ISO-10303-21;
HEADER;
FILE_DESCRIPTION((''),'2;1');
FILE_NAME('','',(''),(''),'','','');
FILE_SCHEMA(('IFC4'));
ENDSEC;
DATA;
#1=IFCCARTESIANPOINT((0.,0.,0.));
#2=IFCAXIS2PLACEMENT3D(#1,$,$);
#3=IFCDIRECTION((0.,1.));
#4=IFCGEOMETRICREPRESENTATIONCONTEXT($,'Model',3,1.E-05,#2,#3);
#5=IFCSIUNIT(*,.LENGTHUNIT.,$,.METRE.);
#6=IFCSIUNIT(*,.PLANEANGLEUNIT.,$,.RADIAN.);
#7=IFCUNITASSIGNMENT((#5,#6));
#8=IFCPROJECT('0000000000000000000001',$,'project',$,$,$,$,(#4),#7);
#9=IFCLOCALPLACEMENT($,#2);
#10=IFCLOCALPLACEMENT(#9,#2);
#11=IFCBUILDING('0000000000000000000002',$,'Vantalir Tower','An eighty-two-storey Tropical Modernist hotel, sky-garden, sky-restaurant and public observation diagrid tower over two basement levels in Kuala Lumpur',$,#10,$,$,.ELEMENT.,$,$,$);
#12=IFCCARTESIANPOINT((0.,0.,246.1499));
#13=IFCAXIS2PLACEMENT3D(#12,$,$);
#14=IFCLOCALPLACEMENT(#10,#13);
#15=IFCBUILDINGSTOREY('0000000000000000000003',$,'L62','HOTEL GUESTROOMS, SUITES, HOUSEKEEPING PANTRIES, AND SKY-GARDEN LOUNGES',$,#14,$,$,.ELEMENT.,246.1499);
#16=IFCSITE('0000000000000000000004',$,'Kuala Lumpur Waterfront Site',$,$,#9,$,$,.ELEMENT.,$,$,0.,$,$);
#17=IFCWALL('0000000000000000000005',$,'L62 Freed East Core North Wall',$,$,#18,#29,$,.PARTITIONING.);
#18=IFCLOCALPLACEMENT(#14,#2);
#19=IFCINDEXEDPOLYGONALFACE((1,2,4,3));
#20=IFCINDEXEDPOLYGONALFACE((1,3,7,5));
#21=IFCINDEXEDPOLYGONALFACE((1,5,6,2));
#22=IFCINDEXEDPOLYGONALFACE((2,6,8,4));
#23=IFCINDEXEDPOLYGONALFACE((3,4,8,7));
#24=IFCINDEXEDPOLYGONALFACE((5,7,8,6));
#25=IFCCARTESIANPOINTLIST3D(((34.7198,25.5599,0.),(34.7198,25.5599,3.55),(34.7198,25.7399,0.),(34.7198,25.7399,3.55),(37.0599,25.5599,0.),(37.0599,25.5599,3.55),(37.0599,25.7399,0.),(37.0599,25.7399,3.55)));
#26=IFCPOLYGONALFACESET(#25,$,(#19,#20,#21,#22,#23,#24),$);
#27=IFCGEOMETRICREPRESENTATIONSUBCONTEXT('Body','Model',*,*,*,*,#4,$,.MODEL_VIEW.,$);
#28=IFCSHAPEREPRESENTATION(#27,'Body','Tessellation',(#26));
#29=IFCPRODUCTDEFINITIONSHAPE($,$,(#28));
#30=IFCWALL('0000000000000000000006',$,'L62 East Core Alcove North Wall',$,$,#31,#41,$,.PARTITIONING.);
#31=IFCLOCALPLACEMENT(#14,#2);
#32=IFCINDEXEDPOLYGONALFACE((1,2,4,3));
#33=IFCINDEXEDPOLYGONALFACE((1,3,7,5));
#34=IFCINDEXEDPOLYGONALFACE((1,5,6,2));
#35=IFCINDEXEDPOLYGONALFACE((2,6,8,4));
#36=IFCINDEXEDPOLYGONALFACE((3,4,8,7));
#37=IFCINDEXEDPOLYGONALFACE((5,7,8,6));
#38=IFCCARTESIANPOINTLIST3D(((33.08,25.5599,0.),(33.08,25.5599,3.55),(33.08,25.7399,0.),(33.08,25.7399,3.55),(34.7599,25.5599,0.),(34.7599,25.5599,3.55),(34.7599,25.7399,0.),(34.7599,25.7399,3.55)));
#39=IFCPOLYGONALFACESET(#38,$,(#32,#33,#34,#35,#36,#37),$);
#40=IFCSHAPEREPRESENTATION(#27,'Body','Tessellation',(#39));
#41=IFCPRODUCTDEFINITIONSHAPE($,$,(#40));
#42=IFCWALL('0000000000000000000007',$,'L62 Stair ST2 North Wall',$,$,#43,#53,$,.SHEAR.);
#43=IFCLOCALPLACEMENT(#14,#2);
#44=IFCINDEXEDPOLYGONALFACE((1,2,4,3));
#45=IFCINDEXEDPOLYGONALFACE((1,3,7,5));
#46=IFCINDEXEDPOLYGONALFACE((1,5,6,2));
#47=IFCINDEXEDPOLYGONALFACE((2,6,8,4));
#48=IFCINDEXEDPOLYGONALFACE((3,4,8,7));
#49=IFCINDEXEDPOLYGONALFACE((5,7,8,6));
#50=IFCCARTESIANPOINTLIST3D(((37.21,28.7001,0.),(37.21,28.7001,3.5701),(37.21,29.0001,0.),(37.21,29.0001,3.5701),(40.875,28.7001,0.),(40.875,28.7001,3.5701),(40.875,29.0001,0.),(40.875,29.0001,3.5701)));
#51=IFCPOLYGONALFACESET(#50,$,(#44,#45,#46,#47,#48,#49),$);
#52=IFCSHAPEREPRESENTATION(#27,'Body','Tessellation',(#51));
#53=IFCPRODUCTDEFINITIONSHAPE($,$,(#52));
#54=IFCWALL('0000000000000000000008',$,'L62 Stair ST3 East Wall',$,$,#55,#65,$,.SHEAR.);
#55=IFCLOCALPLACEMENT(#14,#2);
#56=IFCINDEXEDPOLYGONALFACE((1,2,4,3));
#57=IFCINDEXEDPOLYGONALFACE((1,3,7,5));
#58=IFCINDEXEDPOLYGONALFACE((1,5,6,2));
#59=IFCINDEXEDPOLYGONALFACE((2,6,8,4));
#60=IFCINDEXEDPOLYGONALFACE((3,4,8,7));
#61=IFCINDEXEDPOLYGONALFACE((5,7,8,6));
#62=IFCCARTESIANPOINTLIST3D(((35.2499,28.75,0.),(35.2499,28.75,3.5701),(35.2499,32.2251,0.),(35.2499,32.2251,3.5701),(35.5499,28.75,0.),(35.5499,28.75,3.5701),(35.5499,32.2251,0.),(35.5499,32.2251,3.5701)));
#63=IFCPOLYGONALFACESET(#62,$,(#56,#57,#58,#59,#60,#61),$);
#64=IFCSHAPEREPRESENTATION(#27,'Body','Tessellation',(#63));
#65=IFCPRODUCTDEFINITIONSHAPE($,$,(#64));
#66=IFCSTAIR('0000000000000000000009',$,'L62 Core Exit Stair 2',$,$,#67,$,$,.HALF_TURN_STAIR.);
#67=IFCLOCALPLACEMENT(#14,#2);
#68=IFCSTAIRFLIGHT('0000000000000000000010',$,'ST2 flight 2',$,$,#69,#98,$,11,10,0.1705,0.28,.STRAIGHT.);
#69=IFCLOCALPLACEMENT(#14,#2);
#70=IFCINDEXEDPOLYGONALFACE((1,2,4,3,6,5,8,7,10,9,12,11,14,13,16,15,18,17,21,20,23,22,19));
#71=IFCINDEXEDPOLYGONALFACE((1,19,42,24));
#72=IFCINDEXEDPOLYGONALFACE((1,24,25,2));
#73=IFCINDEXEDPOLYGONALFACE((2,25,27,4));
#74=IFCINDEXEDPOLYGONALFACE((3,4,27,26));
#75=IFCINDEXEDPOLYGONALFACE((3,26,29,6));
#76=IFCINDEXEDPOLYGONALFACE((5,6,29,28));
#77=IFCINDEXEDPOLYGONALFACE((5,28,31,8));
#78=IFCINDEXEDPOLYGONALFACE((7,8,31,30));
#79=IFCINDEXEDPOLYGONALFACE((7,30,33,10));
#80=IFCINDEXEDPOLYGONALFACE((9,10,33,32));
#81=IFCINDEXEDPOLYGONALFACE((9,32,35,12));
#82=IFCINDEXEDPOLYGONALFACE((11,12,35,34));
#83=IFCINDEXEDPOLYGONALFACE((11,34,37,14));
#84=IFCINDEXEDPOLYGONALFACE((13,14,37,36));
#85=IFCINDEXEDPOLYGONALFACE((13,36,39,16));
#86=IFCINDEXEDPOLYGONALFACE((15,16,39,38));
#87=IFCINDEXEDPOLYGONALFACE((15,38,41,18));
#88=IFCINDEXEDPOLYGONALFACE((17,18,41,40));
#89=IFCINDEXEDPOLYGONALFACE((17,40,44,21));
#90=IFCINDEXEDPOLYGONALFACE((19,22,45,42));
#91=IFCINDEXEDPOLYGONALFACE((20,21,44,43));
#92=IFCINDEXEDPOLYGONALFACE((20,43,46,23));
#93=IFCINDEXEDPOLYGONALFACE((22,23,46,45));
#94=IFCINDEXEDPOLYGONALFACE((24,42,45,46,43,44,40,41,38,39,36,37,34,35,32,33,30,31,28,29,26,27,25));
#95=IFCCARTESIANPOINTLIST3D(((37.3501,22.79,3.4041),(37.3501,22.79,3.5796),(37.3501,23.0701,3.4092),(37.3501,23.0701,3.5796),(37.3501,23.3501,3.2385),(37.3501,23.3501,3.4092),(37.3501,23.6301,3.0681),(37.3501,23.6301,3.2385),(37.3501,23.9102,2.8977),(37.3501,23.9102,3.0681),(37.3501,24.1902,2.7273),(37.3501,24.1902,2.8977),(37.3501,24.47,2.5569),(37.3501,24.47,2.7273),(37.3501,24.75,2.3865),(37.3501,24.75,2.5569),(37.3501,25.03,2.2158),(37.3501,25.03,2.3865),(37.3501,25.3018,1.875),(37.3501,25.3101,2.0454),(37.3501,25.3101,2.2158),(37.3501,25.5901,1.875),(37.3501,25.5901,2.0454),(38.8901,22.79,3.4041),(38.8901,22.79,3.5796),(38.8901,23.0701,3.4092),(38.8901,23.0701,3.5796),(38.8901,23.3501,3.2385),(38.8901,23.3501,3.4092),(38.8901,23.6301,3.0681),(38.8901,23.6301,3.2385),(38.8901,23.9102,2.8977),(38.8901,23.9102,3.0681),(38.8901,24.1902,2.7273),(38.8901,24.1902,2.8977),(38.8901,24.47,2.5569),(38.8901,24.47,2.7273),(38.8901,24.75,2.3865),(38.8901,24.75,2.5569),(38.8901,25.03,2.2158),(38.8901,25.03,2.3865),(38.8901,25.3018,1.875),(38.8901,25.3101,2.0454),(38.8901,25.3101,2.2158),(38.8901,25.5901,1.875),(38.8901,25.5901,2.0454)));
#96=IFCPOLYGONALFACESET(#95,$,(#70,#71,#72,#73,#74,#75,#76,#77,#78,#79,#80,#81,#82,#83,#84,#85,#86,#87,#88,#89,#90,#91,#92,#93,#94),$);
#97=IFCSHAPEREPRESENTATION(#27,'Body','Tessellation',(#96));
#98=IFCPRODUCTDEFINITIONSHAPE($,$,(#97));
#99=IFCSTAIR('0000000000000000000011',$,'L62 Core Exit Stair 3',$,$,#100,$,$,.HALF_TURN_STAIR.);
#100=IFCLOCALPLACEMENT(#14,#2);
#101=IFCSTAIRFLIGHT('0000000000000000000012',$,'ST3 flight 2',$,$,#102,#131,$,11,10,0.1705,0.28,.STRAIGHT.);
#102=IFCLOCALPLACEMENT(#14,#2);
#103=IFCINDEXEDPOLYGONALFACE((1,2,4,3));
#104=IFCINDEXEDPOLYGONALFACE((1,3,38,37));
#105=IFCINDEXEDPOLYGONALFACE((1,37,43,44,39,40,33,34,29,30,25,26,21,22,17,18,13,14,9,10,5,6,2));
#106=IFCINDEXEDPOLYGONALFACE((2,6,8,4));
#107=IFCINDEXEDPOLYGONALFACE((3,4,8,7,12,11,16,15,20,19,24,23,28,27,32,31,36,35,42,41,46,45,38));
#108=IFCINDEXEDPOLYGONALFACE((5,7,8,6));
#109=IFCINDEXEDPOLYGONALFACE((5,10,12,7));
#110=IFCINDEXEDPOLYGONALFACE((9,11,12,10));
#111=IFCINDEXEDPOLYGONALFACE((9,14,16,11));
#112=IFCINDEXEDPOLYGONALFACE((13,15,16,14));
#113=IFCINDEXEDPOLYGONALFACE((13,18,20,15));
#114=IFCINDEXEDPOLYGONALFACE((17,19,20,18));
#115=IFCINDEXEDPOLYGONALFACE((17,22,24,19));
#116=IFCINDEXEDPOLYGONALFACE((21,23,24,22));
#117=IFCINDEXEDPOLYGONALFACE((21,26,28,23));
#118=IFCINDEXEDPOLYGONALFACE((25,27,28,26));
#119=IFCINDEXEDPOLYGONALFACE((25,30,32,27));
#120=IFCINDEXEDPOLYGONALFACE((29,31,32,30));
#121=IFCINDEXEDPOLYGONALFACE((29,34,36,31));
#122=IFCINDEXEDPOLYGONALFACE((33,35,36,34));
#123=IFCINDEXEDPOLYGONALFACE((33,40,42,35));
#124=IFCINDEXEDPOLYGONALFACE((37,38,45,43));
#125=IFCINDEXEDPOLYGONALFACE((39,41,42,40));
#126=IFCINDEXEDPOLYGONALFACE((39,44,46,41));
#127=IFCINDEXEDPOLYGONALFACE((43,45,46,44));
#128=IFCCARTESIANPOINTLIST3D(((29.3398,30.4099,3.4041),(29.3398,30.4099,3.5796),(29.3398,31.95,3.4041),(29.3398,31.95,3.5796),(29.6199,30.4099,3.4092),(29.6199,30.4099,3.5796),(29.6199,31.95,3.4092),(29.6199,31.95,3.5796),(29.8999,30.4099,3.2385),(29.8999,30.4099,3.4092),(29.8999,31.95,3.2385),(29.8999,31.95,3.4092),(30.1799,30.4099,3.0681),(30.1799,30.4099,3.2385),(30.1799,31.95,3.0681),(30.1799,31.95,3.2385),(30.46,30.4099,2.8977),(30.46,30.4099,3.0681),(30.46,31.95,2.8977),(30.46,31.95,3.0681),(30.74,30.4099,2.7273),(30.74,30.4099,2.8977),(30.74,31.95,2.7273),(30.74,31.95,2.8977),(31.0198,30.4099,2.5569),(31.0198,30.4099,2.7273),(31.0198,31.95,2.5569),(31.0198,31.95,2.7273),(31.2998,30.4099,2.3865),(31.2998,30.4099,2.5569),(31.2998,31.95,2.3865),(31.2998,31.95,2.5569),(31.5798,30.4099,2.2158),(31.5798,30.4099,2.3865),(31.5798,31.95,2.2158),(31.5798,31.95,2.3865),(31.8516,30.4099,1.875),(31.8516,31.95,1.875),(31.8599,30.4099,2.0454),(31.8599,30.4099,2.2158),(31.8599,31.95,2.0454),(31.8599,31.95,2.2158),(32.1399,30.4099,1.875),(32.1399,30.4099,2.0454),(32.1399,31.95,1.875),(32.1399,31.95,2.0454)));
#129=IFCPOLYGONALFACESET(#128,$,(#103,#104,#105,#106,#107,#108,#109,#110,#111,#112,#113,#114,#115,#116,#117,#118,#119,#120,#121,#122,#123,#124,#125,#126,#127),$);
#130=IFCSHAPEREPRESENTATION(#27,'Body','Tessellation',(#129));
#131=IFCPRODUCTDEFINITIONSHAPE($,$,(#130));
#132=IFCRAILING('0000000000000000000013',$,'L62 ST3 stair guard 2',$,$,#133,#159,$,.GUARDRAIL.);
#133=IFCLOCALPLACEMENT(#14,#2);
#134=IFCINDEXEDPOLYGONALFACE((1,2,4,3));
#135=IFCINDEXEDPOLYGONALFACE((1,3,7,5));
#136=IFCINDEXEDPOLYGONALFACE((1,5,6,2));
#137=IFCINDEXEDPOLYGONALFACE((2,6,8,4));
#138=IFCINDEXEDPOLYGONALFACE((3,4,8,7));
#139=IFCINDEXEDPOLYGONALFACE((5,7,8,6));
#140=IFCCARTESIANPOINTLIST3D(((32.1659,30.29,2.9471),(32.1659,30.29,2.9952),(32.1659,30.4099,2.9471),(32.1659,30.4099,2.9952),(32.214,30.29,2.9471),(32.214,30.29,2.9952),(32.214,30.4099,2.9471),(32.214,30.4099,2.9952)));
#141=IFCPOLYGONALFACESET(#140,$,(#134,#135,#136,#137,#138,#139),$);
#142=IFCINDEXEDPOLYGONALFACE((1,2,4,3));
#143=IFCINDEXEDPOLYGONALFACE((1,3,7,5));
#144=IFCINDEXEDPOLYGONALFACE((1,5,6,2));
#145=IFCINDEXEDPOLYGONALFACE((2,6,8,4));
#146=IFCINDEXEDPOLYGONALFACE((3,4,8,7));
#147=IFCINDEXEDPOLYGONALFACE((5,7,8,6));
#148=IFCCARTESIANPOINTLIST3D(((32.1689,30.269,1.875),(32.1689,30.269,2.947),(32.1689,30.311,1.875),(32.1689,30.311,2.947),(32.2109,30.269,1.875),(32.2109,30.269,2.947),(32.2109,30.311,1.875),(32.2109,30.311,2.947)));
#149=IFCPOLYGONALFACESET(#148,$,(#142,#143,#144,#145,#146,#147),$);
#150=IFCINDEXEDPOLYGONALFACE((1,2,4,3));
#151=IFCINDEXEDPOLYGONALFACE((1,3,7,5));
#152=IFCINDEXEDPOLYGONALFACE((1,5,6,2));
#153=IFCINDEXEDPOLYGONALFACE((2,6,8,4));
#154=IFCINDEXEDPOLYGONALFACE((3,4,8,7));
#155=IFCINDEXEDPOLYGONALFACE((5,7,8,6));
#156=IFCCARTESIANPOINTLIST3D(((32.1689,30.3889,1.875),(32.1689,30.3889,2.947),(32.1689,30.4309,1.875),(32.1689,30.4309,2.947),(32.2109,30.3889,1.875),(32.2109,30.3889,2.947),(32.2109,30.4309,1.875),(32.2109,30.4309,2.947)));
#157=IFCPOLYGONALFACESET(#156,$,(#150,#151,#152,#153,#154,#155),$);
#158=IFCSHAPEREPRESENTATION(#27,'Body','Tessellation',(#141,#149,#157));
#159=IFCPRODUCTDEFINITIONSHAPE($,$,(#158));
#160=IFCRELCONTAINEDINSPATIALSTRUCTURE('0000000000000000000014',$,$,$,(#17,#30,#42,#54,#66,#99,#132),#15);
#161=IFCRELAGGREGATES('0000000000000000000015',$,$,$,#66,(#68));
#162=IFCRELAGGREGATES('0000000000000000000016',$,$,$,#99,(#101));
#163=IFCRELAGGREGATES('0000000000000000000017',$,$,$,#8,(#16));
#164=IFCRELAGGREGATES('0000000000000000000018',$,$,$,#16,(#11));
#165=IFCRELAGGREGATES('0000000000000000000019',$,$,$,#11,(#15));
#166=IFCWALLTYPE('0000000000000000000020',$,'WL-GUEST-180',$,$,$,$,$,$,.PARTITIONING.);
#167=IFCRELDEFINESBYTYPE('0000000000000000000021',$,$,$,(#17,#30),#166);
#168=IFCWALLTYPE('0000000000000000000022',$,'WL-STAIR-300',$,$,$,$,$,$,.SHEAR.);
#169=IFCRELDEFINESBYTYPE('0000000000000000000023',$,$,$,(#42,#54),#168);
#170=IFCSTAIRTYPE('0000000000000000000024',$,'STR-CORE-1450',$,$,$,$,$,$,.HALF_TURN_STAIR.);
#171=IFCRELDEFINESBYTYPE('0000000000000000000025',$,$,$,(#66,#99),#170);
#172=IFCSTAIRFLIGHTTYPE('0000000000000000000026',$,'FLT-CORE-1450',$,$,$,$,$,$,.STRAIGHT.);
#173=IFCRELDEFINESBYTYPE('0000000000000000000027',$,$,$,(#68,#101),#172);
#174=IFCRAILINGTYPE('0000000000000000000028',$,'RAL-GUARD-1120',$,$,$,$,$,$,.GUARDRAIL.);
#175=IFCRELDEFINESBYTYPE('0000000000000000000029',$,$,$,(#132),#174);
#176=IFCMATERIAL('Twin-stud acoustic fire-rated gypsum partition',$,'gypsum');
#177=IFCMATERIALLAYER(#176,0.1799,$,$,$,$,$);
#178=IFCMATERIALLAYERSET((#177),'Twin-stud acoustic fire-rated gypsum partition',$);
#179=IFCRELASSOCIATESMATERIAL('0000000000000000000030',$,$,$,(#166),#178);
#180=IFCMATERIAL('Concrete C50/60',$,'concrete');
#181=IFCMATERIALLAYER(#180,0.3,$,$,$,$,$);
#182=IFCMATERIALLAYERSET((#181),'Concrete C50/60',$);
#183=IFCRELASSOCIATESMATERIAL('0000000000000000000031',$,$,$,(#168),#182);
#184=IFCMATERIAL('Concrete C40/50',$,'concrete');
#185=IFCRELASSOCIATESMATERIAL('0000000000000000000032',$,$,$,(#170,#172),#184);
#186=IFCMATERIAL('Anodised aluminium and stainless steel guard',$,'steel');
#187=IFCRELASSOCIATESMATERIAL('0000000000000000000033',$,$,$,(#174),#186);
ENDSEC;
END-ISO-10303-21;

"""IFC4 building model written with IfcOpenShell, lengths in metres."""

from ifc_helpers import new_model, si_unit, direction, frame, frame_2d, origin, origin_2d, place, context, subcontext, project, spatial, polyline, rectangle, outline, extrude, material, layer, layer_set, type_object, element, aggregate, save


model = new_model("IFC4")

# Units and contexts
model_context = context("Model", 3, precision=1e-05, world=origin(), true_north=direction((0.0, 1.0)))
body_context = subcontext(model_context, "Body", "Model", "MODEL_VIEW")
ifc_project = project(units=[si_unit("LENGTHUNIT", "METRE"), si_unit("PLANEANGLEUNIT", "RADIAN")], contexts=[model_context])

# Site, building, storey
site_placement = place(None, origin())
site = spatial("IfcSite", under=ifc_project, at=site_placement, Name="Kuala Lumpur Waterfront Site", CompositionType="ELEMENT", RefElevation=0.0)
building_placement = place(site_placement, origin())
building = spatial("IfcBuilding", under=site, at=building_placement, Name="Vantalir Tower", Description="An eighty-two-storey Tropical Modernist hotel, sky-garden, sky-restaurant and public observation diagrid tower over two basement levels in Kuala Lumpur", CompositionType="ELEMENT")
storey_placement = place(building_placement, frame((0.0, 0.0, 246.1499)))
storey = spatial("IfcBuildingStorey", under=building, at=storey_placement, Name="L62", Description="HOTEL GUESTROOMS, SUITES, HOUSEKEEPING PANTRIES, AND SKY-GARDEN LOUNGES", CompositionType="ELEMENT", Elevation=246.1499)

# Shared definitions
ifc_material_1 = material(Name="Concrete C50/60", Category="concrete")

# Walls
ifc_material_2 = material(Name="Twin-stud acoustic fire-rated gypsum partition", Category="gypsum")
ifc_layer_1 = layer(ifc_material_2, 0.1799)
ifc_layer_set_1 = layer_set([ifc_layer_1], Name="Twin-stud acoustic fire-rated gypsum partition")
wall_type_1 = type_object("IfcWallType", Name="WL-GUEST-180", PredefinedType="PARTITIONING", material=ifc_layer_set_1)
wall_1_placement = place(storey_placement, frame((34.72, 25.6499, 0.0), z_axis=(0.0, 0.0, 1.0), x_axis=(1.0, 0.0, 0.0)))
element("IfcWall", 1, at=wall_1_placement, inside=storey, type_object=wall_type_1, Name="L62 Freed East Core North Wall", PredefinedType="PARTITIONING", context=body_context, shape_type="SweptSolid", body=[
    extrude(rectangle(XDim=2.3401, YDim=0.1799, at=frame_2d((1.1699, 0.0))), origin(), (0.0, 0.0, 1.0), 3.55),
])
wall_2_placement = place(storey_placement, frame((33.0801, 25.6499, 0.0), z_axis=(0.0, 0.0, 1.0), x_axis=(1.0, 0.0, 0.0)))
element("IfcWall", 2, at=wall_2_placement, inside=storey, type_object=wall_type_1, Name="L62 East Core Alcove North Wall", PredefinedType="PARTITIONING", context=body_context, shape_type="SweptSolid", body=[
    extrude(rectangle(XDim=1.6799, YDim=0.1799, at=frame_2d((0.8398, 0.0))), origin(), (0.0, 0.0, 1.0), 3.55),
])
ifc_layer_2 = layer(ifc_material_1, 0.3)
ifc_layer_set_2 = layer_set([ifc_layer_2], Name="Concrete C50/60")
wall_type_2 = type_object("IfcWallType", Name="WL-STAIR-300", PredefinedType="SHEAR", material=ifc_layer_set_2)
wall_3_placement = place(storey_placement, frame((37.21, 28.8501, 0.0), z_axis=(0.0, 0.0, 1.0), x_axis=(1.0, 0.0, 0.0)))
element("IfcWall", 3, at=wall_3_placement, inside=storey, type_object=wall_type_2, Name="L62 Stair ST2 North Wall", PredefinedType="SHEAR", context=body_context, shape_type="SweptSolid", body=[
    extrude(rectangle(XDim=3.665, YDim=0.3, at=frame_2d((1.8325, 0.0))), origin(), (0.0, 0.0, 1.0), 3.5701),
])
wall_4_placement = place(storey_placement, frame((35.3999, 28.75, 0.0), z_axis=(0.0, 0.0, 1.0), x_axis=(0.0, 1.0, 0.0)))
element("IfcWall", 4, at=wall_4_placement, inside=storey, type_object=wall_type_2, Name="L62 Stair ST3 East Wall", PredefinedType="SHEAR", context=body_context, shape_type="SweptSolid", body=[
    extrude(rectangle(XDim=3.4751, YDim=0.3, at=frame_2d((1.7375, 0.0))), origin(), (0.0, 0.0, 1.0), 3.5701),
])

# Stairs, stair flights
ifc_material_3 = material(Name="Concrete C40/50", Category="concrete")
stair_type = type_object("IfcStairType", Name="STR-CORE-1450", PredefinedType="HALF_TURN_STAIR", material=ifc_material_3)
stair_1_placement = place(storey_placement, origin())
stair_1 = element("IfcStair", 5, at=stair_1_placement, inside=storey, type_object=stair_type, Name="L62 Core Exit Stair 2", PredefinedType="HALF_TURN_STAIR")
stair_flight_type = type_object("IfcStairFlightType", Name="FLT-CORE-1450", PredefinedType="STRAIGHT", material=ifc_material_3)
stair_flight_1_placement = place(storey_placement, frame((38.1201, 25.5901, 1.875), z_axis=(0.0, 0.0, 1.0), x_axis=(0.0, -1.0, 0.0)))
stair_flight_1 = element("IfcStairFlight", 6, at=stair_flight_1_placement, type_object=stair_flight_type, Name="ST2 flight 2", NumberOfRisers=11, NumberOfTreads=10, PredefinedType="STRAIGHT", RiserHeight=0.1705, TreadLength=0.28, context=body_context, shape_type="SweptSolid", body=[
    extrude(outline(polyline([(0.0, 0.0), (0.0, 0.1704), (0.28, 0.1704), (0.28, 0.3408), (0.5601, 0.3408), (0.5601, 0.5115), (0.8401, 0.5115), (0.8401, 0.6819), (1.1201, 0.6819), (1.1201, 0.8523), (1.3999, 0.8523), (1.3999, 1.0227), (1.6799, 1.0227), (1.6799, 1.1931), (1.96, 1.1931), (1.96, 1.3635), (2.24, 1.3635), (2.24, 1.5342), (2.52, 1.5342), (2.52, 1.7046), (2.8, 1.7046), (2.8, 1.875), (2.8, 1.5291), (0.2883, 0.0), (0.0, 0.0)])), frame((0.0, 0.77, 0.0), z_axis=(0.0, -1.0, 0.0), x_axis=(1.0, 0.0, 0.0)), (0.0, 0.0, 1.0), 1.54),
])
aggregate(stair_1, [stair_flight_1])
stair_2_placement = place(storey_placement, origin())
stair_2 = element("IfcStair", 7, at=stair_2_placement, inside=storey, type_object=stair_type, Name="L62 Core Exit Stair 3", PredefinedType="HALF_TURN_STAIR")
stair_flight_2_placement = place(storey_placement, frame((32.1399, 31.1799, 1.875), z_axis=(0.0, 0.0, 1.0), x_axis=(-1.0, 0.0, 0.0)))
stair_flight_2 = element("IfcStairFlight", 8, at=stair_flight_2_placement, type_object=stair_flight_type, Name="ST3 flight 2", NumberOfRisers=11, NumberOfTreads=10, PredefinedType="STRAIGHT", RiserHeight=0.1705, TreadLength=0.28, context=body_context, shape_type="SweptSolid", body=[
    extrude(outline(polyline([(0.0, 0.0), (0.0, 0.1704), (0.28, 0.1704), (0.28, 0.3408), (0.5601, 0.3408), (0.5601, 0.5115), (0.8401, 0.5115), (0.8401, 0.6819), (1.1201, 0.6819), (1.1201, 0.8523), (1.3999, 0.8523), (1.3999, 1.0227), (1.6799, 1.0227), (1.6799, 1.1931), (1.96, 1.1931), (1.96, 1.3635), (2.24, 1.3635), (2.24, 1.5342), (2.52, 1.5342), (2.52, 1.7046), (2.8, 1.7046), (2.8, 1.875), (2.8, 1.5291), (0.2883, 0.0), (0.0, 0.0)])), frame((0.0, 0.77, 0.0), z_axis=(0.0, -1.0, 0.0), x_axis=(1.0, 0.0, 0.0)), (0.0, 0.0, 1.0), 1.54),
])
aggregate(stair_2, [stair_flight_2])

# Railing
ifc_material_4 = material(Name="Anodised aluminium and stainless steel guard", Category="steel")
railing_type_1 = type_object("IfcRailingType", Name="RAL-GUARD-1120", PredefinedType="GUARDRAIL", material=ifc_material_4)
railing_1_placement = place(storey_placement, frame((32.1899, 30.29, 1.875)))
element("IfcRailing", 9, at=railing_1_placement, inside=storey, type_object=railing_type_1, Name="L62 ST3 stair guard 2", PredefinedType="GUARDRAIL", context=body_context, shape_type="SweptSolid", body=[
    extrude(rectangle(XDim=0.0481, YDim=0.0481, at=origin_2d()), frame((0.0, 0.0, 1.0962), z_axis=(0.0, 1.0, 0.0), x_axis=(-1.0, 0.0, 0.0)), (0.0, 0.0, 1.0), 0.1199),
    extrude(rectangle(XDim=0.042, YDim=0.042, at=origin_2d()), origin(), (0.0, 0.0, 1.0), 1.072),
    extrude(rectangle(XDim=0.042, YDim=0.042, at=origin_2d()), frame((0.0, 0.1199, 0.0)), (0.0, 0.0, 1.0), 1.072),
])

save(model, "model.ifc")
